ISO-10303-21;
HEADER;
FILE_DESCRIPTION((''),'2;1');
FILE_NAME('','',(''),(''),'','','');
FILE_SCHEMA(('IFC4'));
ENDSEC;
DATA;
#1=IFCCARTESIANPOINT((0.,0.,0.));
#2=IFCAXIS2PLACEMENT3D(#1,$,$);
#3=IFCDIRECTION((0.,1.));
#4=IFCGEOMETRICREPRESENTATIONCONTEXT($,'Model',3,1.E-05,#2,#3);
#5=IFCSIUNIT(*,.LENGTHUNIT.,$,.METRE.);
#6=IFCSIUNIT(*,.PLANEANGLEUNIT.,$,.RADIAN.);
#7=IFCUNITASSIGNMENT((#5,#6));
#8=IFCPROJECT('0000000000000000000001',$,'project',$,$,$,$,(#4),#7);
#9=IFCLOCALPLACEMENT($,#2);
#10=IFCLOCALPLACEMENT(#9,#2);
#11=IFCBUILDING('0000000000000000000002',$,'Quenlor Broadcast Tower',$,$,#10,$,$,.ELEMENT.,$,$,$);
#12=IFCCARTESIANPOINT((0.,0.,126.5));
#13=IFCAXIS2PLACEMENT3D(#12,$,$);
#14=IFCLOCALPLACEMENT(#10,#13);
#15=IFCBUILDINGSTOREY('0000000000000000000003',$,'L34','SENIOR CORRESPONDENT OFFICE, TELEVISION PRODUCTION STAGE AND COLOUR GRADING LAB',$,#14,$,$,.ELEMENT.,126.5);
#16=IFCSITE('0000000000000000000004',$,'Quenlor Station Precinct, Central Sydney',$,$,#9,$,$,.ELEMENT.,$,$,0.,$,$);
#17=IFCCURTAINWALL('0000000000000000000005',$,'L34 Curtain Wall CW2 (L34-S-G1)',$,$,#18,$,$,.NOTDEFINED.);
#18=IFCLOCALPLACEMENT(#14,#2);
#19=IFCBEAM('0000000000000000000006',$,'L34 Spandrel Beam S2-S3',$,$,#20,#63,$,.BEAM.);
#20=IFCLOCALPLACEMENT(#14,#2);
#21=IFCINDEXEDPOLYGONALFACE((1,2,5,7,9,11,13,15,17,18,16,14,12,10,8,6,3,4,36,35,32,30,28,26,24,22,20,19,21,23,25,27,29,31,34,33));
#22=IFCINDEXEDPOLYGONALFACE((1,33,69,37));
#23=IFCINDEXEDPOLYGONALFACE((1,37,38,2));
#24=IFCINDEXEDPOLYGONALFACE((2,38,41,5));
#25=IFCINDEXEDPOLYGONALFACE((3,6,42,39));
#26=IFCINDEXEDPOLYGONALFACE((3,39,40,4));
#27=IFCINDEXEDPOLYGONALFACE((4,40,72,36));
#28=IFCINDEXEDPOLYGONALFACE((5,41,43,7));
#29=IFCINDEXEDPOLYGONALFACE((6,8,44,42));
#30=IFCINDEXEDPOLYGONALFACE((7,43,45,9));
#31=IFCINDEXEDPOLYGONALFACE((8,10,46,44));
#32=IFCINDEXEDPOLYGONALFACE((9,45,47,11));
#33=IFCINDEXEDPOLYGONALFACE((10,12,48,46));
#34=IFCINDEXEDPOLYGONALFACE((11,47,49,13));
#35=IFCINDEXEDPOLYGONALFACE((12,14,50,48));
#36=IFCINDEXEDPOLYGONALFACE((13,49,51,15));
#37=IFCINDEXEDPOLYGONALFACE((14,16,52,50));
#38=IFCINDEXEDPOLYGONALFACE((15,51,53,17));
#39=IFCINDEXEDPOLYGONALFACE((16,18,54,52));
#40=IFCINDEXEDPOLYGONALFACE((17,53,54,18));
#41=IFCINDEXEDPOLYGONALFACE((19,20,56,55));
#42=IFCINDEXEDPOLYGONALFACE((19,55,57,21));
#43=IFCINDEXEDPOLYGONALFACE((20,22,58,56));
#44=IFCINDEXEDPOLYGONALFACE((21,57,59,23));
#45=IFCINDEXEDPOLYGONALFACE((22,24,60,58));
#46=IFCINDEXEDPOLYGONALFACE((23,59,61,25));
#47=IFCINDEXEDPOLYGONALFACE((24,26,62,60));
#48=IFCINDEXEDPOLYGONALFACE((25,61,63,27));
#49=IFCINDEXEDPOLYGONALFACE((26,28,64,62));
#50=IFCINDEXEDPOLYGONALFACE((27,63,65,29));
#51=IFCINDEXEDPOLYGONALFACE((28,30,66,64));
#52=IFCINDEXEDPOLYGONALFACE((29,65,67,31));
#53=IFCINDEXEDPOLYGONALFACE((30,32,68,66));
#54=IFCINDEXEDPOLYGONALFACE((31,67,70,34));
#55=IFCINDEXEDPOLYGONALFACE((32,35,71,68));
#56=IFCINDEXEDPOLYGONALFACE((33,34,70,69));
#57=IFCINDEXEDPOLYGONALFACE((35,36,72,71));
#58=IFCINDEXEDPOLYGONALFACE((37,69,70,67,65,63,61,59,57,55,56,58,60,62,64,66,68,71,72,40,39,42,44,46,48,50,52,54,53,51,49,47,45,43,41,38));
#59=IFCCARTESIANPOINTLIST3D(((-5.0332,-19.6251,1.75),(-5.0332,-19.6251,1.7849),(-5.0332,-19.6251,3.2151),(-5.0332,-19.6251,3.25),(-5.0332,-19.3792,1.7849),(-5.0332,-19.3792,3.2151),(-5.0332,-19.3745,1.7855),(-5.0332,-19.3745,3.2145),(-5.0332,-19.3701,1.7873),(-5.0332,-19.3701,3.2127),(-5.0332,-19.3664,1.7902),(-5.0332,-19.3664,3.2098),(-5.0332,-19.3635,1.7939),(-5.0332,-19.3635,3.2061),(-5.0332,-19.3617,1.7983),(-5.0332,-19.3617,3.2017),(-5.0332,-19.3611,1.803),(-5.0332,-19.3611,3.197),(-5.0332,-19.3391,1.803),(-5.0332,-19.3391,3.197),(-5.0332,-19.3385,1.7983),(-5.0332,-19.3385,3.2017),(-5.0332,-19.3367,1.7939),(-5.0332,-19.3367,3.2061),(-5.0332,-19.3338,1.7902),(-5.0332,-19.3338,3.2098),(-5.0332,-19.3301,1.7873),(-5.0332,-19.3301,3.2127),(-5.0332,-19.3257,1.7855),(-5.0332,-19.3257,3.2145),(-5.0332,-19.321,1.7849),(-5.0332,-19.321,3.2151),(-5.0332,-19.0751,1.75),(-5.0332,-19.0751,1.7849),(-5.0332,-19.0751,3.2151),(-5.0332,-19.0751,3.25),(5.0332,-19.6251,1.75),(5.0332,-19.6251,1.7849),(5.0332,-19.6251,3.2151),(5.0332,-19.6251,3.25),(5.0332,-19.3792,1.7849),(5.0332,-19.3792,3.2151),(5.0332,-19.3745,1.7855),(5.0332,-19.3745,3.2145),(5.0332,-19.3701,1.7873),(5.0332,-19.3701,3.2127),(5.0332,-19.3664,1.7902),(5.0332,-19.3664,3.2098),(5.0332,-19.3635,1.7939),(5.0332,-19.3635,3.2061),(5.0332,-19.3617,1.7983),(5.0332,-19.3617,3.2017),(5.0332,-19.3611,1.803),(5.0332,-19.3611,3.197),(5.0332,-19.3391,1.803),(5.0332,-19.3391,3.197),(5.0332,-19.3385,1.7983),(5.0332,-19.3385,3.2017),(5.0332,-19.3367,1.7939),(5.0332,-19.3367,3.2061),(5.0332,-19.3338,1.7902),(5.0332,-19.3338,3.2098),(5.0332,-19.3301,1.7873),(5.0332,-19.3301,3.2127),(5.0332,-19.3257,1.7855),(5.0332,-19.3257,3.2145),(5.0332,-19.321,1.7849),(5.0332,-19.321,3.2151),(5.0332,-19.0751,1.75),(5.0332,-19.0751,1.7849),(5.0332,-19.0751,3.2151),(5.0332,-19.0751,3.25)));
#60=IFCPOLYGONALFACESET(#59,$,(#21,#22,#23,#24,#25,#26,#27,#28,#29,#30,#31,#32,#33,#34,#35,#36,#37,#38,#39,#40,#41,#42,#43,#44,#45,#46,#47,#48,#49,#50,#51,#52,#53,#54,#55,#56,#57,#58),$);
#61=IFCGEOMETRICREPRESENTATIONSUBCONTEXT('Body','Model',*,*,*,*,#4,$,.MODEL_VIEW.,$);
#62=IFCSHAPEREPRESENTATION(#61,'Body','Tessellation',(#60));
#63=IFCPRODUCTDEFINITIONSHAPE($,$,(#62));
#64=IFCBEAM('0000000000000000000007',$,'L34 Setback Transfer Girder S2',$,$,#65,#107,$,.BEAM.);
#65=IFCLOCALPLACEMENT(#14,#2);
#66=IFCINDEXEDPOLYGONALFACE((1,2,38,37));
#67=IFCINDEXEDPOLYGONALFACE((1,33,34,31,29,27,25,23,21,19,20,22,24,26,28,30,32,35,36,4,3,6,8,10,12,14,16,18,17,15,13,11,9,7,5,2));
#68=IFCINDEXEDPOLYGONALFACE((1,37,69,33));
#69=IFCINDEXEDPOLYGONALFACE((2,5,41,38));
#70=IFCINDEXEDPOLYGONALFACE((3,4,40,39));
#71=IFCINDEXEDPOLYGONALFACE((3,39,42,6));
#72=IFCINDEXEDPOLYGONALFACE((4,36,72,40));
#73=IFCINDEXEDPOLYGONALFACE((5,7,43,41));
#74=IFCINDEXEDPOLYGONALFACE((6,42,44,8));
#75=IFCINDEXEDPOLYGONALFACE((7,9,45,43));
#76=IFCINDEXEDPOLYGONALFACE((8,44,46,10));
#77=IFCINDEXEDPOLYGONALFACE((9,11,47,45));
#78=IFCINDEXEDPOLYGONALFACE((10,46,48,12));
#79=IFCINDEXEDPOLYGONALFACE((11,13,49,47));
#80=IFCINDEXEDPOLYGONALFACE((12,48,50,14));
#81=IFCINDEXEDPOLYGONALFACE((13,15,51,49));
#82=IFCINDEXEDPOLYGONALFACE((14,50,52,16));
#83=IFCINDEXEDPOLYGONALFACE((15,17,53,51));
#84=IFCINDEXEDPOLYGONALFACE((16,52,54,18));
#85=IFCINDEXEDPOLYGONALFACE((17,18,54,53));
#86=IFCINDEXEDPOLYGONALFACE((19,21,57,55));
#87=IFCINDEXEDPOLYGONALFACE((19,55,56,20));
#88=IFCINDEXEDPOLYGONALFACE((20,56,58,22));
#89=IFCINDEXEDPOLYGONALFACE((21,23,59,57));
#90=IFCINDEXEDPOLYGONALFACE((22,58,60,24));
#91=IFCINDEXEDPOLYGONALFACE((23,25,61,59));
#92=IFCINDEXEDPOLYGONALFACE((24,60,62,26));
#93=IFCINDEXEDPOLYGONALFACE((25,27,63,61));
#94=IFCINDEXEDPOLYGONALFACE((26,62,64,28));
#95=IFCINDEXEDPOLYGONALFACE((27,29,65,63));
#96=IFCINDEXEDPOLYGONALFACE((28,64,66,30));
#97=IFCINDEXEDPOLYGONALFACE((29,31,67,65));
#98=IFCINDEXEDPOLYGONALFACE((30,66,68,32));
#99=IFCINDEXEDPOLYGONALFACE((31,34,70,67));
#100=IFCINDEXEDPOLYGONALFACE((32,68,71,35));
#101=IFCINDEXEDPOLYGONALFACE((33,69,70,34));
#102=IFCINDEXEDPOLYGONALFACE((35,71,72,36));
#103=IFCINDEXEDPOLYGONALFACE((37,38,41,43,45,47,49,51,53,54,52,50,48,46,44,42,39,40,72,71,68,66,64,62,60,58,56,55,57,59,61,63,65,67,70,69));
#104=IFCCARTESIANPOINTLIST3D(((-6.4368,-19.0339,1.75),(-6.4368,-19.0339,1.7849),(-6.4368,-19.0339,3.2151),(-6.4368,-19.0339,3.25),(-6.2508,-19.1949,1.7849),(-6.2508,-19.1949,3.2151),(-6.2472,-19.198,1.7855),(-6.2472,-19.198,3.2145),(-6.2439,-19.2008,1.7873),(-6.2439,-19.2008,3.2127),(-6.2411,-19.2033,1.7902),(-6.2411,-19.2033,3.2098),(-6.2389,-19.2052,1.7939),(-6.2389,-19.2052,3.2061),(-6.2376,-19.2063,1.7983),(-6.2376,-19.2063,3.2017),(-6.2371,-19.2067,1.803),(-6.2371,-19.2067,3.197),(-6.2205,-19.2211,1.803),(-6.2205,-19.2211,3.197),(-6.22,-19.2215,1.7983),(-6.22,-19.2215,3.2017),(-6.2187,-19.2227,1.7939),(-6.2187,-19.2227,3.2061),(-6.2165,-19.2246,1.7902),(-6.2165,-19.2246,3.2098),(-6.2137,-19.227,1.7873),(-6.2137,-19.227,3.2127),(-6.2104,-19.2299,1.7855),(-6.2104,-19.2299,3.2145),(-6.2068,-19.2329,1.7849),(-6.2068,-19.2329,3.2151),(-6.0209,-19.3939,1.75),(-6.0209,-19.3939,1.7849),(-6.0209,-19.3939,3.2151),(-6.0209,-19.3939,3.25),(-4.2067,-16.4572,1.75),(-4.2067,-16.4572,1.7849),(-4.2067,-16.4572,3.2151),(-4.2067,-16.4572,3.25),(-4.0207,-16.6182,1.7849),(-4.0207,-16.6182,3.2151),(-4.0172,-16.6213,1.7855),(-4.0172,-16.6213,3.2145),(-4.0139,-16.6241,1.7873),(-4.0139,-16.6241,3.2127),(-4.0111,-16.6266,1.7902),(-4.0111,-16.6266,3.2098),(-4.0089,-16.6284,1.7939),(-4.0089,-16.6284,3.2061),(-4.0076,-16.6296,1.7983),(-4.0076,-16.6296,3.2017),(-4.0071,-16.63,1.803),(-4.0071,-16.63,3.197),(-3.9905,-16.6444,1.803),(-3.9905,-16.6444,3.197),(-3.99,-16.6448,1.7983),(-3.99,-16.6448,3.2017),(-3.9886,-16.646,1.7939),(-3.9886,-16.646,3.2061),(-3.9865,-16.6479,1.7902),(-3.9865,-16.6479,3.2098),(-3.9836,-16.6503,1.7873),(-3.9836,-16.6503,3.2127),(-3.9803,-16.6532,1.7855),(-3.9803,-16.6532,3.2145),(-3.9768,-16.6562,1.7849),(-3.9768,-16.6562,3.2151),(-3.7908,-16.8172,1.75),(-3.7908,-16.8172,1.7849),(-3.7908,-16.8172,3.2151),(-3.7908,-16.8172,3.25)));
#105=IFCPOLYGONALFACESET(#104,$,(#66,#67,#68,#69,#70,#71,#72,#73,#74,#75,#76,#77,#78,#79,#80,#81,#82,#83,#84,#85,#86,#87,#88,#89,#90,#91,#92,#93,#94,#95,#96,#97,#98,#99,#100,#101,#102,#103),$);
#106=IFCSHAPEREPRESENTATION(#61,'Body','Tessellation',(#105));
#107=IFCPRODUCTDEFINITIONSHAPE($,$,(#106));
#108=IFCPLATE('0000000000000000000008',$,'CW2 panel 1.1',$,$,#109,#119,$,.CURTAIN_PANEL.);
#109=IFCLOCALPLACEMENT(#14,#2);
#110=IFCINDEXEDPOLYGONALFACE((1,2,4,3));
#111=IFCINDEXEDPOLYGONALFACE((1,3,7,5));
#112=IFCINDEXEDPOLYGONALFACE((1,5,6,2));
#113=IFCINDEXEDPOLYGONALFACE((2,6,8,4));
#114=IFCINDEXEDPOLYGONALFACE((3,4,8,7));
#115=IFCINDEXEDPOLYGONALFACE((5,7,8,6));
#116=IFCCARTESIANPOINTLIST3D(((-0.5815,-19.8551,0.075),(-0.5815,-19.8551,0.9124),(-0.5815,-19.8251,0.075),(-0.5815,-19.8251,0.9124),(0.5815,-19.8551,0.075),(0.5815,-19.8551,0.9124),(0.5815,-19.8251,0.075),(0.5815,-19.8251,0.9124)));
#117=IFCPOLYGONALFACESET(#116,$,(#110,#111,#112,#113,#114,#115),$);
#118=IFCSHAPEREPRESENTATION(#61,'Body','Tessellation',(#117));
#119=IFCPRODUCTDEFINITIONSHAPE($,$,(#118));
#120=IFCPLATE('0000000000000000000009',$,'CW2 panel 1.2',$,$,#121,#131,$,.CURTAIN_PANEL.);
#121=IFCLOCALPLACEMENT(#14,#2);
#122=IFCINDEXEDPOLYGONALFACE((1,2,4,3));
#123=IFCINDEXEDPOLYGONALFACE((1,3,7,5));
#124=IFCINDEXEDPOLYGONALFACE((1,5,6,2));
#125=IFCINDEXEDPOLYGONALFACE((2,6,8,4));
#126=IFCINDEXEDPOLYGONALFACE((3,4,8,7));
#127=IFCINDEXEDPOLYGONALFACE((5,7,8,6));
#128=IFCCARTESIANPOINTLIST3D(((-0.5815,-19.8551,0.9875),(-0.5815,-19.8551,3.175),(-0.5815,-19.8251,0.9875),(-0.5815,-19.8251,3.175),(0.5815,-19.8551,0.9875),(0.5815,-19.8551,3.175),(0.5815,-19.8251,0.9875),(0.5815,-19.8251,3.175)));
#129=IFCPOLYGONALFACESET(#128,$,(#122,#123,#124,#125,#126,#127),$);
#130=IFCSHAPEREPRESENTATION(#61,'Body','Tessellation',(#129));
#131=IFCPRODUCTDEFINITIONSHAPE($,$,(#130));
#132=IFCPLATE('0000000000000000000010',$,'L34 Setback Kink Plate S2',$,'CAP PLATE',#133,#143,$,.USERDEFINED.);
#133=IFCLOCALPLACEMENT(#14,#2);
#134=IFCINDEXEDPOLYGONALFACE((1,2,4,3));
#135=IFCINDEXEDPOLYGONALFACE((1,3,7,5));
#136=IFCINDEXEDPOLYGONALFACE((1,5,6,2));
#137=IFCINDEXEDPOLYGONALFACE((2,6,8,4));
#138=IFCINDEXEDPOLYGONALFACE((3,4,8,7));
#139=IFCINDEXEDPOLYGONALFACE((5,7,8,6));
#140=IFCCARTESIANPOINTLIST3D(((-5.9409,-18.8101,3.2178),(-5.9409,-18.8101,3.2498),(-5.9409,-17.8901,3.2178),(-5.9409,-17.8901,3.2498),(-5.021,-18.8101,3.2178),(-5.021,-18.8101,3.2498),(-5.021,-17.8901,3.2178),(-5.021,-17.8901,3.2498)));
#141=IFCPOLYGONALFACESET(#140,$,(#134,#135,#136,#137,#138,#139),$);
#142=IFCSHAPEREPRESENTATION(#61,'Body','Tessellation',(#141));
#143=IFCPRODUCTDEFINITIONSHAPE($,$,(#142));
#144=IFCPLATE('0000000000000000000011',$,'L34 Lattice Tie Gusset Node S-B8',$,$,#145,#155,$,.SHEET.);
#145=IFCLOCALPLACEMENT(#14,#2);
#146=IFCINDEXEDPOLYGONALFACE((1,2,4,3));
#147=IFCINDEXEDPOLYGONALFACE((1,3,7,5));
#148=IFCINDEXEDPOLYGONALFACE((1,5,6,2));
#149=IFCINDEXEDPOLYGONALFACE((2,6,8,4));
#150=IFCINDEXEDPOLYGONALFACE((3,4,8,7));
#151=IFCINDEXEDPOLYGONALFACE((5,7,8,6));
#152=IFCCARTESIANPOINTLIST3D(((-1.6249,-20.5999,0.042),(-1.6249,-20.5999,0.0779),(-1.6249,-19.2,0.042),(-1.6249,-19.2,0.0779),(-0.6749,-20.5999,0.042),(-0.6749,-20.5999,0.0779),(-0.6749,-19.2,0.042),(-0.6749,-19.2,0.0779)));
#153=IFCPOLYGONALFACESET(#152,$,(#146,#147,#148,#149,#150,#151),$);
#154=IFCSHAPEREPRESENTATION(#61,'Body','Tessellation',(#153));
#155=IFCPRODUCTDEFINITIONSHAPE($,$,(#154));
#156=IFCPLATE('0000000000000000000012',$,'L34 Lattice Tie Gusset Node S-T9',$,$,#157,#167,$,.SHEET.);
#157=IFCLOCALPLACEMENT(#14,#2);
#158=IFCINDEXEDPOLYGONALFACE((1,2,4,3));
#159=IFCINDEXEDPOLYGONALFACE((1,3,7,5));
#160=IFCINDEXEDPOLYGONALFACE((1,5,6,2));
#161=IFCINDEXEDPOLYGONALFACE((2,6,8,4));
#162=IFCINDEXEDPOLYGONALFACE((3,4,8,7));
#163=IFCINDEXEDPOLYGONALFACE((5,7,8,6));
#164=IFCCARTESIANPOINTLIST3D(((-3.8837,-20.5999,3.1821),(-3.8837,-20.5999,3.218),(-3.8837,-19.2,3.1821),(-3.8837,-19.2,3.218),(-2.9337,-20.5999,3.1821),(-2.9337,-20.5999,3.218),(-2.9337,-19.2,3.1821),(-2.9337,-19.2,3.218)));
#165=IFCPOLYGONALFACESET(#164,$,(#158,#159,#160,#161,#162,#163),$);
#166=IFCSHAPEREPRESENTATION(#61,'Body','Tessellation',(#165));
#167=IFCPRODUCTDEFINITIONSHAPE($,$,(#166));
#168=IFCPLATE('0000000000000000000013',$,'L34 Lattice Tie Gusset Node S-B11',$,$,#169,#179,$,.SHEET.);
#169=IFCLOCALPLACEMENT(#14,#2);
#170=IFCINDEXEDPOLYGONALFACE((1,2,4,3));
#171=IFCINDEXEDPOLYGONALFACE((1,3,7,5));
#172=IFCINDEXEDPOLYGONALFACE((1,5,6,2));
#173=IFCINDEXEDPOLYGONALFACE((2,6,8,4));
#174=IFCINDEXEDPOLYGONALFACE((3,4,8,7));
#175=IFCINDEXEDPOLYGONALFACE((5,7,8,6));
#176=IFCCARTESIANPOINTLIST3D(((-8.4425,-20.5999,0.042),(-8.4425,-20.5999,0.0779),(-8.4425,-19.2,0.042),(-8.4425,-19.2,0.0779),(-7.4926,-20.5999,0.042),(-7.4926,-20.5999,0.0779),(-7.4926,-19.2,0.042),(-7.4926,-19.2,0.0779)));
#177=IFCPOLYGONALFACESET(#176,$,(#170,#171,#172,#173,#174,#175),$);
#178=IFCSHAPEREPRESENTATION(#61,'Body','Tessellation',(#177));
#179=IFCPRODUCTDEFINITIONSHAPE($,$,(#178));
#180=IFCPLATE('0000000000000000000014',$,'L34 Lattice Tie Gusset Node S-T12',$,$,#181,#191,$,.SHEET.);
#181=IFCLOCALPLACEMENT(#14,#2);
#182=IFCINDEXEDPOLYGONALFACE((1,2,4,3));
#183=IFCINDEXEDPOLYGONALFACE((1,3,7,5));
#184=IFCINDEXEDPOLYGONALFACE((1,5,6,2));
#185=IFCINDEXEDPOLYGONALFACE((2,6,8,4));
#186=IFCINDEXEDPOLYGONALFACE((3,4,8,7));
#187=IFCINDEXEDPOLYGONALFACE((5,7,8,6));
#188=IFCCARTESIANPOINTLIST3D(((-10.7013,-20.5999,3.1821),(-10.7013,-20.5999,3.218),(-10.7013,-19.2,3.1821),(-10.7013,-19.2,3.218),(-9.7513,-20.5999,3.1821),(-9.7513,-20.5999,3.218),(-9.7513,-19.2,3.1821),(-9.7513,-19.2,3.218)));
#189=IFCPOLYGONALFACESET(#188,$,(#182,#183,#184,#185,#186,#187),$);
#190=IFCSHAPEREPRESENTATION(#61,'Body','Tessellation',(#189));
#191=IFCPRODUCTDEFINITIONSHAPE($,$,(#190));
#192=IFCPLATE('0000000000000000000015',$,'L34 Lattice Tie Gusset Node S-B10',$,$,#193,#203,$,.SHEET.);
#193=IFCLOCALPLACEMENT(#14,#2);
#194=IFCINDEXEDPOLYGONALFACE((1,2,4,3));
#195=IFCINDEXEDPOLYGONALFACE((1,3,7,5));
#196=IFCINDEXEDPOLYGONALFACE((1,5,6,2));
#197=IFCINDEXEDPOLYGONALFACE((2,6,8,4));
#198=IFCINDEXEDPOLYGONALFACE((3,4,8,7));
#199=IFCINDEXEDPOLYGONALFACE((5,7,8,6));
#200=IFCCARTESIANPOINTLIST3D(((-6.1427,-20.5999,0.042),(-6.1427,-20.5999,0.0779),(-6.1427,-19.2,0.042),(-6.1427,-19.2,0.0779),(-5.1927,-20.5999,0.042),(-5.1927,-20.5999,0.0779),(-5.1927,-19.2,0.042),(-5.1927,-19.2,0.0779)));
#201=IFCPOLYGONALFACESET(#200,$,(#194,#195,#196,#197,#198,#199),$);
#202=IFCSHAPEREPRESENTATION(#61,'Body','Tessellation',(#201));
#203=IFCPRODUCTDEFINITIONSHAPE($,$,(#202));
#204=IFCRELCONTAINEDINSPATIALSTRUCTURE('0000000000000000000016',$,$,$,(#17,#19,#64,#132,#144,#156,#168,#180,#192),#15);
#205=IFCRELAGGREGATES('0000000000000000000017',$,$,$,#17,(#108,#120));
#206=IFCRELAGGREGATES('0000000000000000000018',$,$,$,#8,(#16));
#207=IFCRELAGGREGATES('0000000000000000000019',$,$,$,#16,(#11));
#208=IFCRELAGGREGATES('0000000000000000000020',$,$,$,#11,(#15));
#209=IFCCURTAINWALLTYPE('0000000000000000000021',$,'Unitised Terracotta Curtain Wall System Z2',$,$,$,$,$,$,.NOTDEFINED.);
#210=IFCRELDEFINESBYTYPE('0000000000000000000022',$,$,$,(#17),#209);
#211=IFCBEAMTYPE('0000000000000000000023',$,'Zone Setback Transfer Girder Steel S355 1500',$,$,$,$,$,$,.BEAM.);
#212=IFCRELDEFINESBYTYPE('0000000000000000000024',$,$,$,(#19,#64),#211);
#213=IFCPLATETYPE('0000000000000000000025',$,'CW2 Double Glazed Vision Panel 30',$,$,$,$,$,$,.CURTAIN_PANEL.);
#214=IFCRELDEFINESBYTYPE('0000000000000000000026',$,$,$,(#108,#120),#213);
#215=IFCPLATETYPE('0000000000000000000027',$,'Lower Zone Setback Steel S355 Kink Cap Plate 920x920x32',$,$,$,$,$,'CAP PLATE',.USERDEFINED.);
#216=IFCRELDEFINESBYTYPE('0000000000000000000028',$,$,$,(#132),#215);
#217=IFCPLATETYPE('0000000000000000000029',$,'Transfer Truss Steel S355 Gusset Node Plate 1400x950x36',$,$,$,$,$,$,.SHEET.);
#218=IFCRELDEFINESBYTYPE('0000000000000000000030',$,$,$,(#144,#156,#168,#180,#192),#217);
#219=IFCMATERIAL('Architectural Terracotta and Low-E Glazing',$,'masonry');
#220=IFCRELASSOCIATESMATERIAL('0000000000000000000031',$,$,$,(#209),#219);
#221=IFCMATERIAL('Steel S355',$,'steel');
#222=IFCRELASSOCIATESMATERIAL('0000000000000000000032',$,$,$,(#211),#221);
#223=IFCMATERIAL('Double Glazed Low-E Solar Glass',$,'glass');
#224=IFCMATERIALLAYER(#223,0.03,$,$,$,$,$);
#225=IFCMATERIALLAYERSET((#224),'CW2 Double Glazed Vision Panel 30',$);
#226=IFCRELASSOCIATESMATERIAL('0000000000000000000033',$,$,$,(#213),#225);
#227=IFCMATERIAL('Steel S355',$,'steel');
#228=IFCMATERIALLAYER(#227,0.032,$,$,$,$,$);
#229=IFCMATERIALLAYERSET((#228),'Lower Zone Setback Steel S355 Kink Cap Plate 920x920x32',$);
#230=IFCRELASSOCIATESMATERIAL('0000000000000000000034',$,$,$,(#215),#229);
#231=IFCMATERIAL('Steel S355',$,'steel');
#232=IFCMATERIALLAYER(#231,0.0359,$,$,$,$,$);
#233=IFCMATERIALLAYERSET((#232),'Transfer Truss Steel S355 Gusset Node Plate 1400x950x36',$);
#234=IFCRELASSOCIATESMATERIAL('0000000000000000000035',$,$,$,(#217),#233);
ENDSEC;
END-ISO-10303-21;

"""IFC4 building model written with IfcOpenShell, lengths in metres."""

from ifc_helpers import new_model, si_unit, direction, frame, origin, origin_2d, place, context, subcontext, project, spatial, rectangle, i_section, extrude, material, layer, layer_set, material_profile, profile_set, type_object, element, aggregate, save


model = new_model("IFC4")

# Units and contexts
model_context = context("Model", 3, precision=1e-05, world=origin(), true_north=direction((0.0, 1.0)))
body_context = subcontext(model_context, "Body", "Model", "MODEL_VIEW")
ifc_project = project(units=[si_unit("LENGTHUNIT", "METRE"), si_unit("PLANEANGLEUNIT", "RADIAN")], contexts=[model_context])

# Site, building, storey
site_placement = place(None, origin())
site = spatial("IfcSite", under=ifc_project, at=site_placement, Name="Quenlor Station Precinct, Central Sydney", CompositionType="ELEMENT", RefElevation=0.0)
building_placement = place(site_placement, origin())
building = spatial("IfcBuilding", under=site, at=building_placement, Name="Quenlor Broadcast Tower", CompositionType="ELEMENT")
storey_placement = place(building_placement, frame((0.0, 0.0, 126.5)))
storey = spatial("IfcBuildingStorey", under=building, at=storey_placement, Name="L34", Description="SENIOR CORRESPONDENT OFFICE, TELEVISION PRODUCTION STAGE AND COLOUR GRADING LAB", CompositionType="ELEMENT", Elevation=126.5)

# Curtain wall
ifc_material_1 = material(Name="Architectural Terracotta and Low-E Glazing", Category="masonry")
curtain_wall_type = type_object("IfcCurtainWallType", Name="Unitised Terracotta Curtain Wall System Z2", PredefinedType="NOTDEFINED", material=ifc_material_1)
curtain_wall_placement = place(storey_placement, origin())
curtain_wall = element("IfcCurtainWall", 1, at=curtain_wall_placement, inside=storey, type_object=curtain_wall_type, Name="L34 Curtain Wall CW2 (L34-S-G1)", PredefinedType="NOTDEFINED")

# Beams
ifc_material_2 = material(Name="Steel S355", Category="steel")
ifc_material_profile_1 = material_profile(ifc_material_2, i_section(OverallWidth=0.55, OverallDepth=1.5, WebThickness=0.022, FlangeThickness=0.0349, FilletRadius=0.0181, at=origin_2d()))
ifc_profile_set_1 = profile_set([ifc_material_profile_1], Name="Steel S355 1500TG510")
beam_type_1 = type_object("IfcBeamType", Name="Zone Setback Transfer Girder Steel S355 1500", PredefinedType="BEAM", material=ifc_profile_set_1)
beam_1_placement = place(storey_placement, frame((-5.0332, -19.3501, 2.5), z_axis=(1.0, 0.0, 0.0), x_axis=(0.0, 1.0, 0.0)))
element("IfcBeam", 2, at=beam_1_placement, inside=storey, type_object=beam_type_1, Name="L34 Spandrel Beam S2-S3", PredefinedType="BEAM", context=body_context, shape_type="SweptSolid", body=[
    extrude(i_section(OverallWidth=0.55, OverallDepth=1.5, WebThickness=0.022, FlangeThickness=0.0349, FilletRadius=0.0181, at=origin_2d()), origin(), (0.0, 0.0, 1.0), 10.0664),
])
beam_2_placement = place(storey_placement, frame((-3.9988, -16.6372, 2.5), z_axis=(-0.654407, -0.756143, 0.0), x_axis=(0.756143, -0.654407, 0.0)))
element("IfcBeam", 3, at=beam_2_placement, inside=storey, type_object=beam_type_1, Name="L34 Setback Transfer Girder S2", PredefinedType="BEAM", context=body_context, shape_type="SweptSolid", body=[
    extrude(i_section(OverallWidth=0.55, OverallDepth=1.5, WebThickness=0.022, FlangeThickness=0.0349, FilletRadius=0.0181, at=origin_2d()), origin(), (0.0, 0.0, 1.0), 3.4077),
])

# Plates
ifc_material_3 = material(Name="Double Glazed Low-E Solar Glass", Category="glass")
ifc_layer_1 = layer(ifc_material_3, 0.03)
ifc_layer_set_1 = layer_set([ifc_layer_1], Name="CW2 Double Glazed Vision Panel 30")
plate_type_1 = type_object("IfcPlateType", Name="CW2 Double Glazed Vision Panel 30", PredefinedType="CURTAIN_PANEL", material=ifc_layer_set_1)
plate_1_placement = place(storey_placement, frame((0.0, -19.8401, 0.075), z_axis=(0.0, 0.0, 1.0), x_axis=(-1.0, 0.0, 0.0)))
plate_1 = element("IfcPlate", 4, at=plate_1_placement, type_object=plate_type_1, Name="CW2 panel 1.1", PredefinedType="CURTAIN_PANEL", context=body_context, shape_type="SweptSolid", body=[
    extrude(rectangle(XDim=1.1631, YDim=0.03, at=origin_2d()), origin(), (0.0, 0.0, 1.0), 0.8374),
])
plate_2_placement = place(storey_placement, frame((0.0, -19.8401, 0.9875), z_axis=(0.0, 0.0, 1.0), x_axis=(-1.0, 0.0, 0.0)))
plate_2 = element("IfcPlate", 5, at=plate_2_placement, type_object=plate_type_1, Name="CW2 panel 1.2", PredefinedType="CURTAIN_PANEL", context=body_context, shape_type="SweptSolid", body=[
    extrude(rectangle(XDim=1.1631, YDim=0.03, at=origin_2d()), origin(), (0.0, 0.0, 1.0), 2.1875),
])
aggregate(curtain_wall, [plate_1, plate_2])

# Plates
ifc_material_4 = material(Name="Steel S355", Category="steel")
ifc_layer_2 = layer(ifc_material_4, 0.032)
ifc_layer_set_2 = layer_set([ifc_layer_2], Name="Lower Zone Setback Steel S355 Kink Cap Plate 920x920x32")
plate_type_2 = type_object("IfcPlateType", Name="Lower Zone Setback Steel S355 Kink Cap Plate 920x920x32", ElementType="CAP PLATE", PredefinedType="USERDEFINED", material=ifc_layer_set_2)
plate_3_placement = place(storey_placement, frame((-5.481, -18.3501, 3.2178), z_axis=(0.0, 0.0, 1.0), x_axis=(0.0, 1.0, 0.0)))
element("IfcPlate", 6, at=plate_3_placement, inside=storey, type_object=plate_type_2, Name="L34 Setback Kink Plate S2", ObjectType="CAP PLATE", PredefinedType="USERDEFINED", context=body_context, shape_type="SweptSolid", body=[
    extrude(rectangle(XDim=0.9199, YDim=0.9199, at=origin_2d()), origin(), (0.0, 0.0, 1.0), 0.032),
])
ifc_material_5 = material(Name="Steel S355", Category="steel")
ifc_layer_3 = layer(ifc_material_5, 0.0359)
ifc_layer_set_3 = layer_set([ifc_layer_3], Name="Transfer Truss Steel S355 Gusset Node Plate 1400x950x36")
plate_type_3 = type_object("IfcPlateType", Name="Transfer Truss Steel S355 Gusset Node Plate 1400x950x36", PredefinedType="SHEET", material=ifc_layer_set_3)
for number, where, z_axis, x_axis, name in (
    (7, (-1.1499, -19.8999, 0.042), (0.0, 0.0, 1.0), (0.0, -1.0, 0.0), "L34 Lattice Tie Gusset Node S-B8"),
    (8, (-3.4087, -19.8999, 3.1821), (0.0, 0.0, 1.0), (0.0, -1.0, 0.0), "L34 Lattice Tie Gusset Node S-T9"),
    (9, (-7.9675, -19.8999, 0.042), (0.0, 0.0, 1.0), (0.0, -1.0, 0.0), "L34 Lattice Tie Gusset Node S-B11"),
    (10, (-10.2263, -19.8999, 3.1821), (0.0, 0.0, 1.0), (0.0, -1.0, 0.0), "L34 Lattice Tie Gusset Node S-T12"),
    (11, (-5.6677, -19.8999, 0.042), (0.0, 0.0, 1.0), (0.0, -1.0, 0.0), "L34 Lattice Tie Gusset Node S-B10"),
):
    element("IfcPlate", number, at=place(storey_placement, frame(where, z_axis=z_axis, x_axis=x_axis)), inside=storey, type_object=plate_type_3, Name=name, PredefinedType="SHEET", context=body_context, shape_type="SweptSolid", body=[
        extrude(rectangle(XDim=1.3999, YDim=0.95, at=origin_2d()), origin(), (0.0, 0.0, 1.0), 0.0359),
    ])

save(model, "model.ifc")
